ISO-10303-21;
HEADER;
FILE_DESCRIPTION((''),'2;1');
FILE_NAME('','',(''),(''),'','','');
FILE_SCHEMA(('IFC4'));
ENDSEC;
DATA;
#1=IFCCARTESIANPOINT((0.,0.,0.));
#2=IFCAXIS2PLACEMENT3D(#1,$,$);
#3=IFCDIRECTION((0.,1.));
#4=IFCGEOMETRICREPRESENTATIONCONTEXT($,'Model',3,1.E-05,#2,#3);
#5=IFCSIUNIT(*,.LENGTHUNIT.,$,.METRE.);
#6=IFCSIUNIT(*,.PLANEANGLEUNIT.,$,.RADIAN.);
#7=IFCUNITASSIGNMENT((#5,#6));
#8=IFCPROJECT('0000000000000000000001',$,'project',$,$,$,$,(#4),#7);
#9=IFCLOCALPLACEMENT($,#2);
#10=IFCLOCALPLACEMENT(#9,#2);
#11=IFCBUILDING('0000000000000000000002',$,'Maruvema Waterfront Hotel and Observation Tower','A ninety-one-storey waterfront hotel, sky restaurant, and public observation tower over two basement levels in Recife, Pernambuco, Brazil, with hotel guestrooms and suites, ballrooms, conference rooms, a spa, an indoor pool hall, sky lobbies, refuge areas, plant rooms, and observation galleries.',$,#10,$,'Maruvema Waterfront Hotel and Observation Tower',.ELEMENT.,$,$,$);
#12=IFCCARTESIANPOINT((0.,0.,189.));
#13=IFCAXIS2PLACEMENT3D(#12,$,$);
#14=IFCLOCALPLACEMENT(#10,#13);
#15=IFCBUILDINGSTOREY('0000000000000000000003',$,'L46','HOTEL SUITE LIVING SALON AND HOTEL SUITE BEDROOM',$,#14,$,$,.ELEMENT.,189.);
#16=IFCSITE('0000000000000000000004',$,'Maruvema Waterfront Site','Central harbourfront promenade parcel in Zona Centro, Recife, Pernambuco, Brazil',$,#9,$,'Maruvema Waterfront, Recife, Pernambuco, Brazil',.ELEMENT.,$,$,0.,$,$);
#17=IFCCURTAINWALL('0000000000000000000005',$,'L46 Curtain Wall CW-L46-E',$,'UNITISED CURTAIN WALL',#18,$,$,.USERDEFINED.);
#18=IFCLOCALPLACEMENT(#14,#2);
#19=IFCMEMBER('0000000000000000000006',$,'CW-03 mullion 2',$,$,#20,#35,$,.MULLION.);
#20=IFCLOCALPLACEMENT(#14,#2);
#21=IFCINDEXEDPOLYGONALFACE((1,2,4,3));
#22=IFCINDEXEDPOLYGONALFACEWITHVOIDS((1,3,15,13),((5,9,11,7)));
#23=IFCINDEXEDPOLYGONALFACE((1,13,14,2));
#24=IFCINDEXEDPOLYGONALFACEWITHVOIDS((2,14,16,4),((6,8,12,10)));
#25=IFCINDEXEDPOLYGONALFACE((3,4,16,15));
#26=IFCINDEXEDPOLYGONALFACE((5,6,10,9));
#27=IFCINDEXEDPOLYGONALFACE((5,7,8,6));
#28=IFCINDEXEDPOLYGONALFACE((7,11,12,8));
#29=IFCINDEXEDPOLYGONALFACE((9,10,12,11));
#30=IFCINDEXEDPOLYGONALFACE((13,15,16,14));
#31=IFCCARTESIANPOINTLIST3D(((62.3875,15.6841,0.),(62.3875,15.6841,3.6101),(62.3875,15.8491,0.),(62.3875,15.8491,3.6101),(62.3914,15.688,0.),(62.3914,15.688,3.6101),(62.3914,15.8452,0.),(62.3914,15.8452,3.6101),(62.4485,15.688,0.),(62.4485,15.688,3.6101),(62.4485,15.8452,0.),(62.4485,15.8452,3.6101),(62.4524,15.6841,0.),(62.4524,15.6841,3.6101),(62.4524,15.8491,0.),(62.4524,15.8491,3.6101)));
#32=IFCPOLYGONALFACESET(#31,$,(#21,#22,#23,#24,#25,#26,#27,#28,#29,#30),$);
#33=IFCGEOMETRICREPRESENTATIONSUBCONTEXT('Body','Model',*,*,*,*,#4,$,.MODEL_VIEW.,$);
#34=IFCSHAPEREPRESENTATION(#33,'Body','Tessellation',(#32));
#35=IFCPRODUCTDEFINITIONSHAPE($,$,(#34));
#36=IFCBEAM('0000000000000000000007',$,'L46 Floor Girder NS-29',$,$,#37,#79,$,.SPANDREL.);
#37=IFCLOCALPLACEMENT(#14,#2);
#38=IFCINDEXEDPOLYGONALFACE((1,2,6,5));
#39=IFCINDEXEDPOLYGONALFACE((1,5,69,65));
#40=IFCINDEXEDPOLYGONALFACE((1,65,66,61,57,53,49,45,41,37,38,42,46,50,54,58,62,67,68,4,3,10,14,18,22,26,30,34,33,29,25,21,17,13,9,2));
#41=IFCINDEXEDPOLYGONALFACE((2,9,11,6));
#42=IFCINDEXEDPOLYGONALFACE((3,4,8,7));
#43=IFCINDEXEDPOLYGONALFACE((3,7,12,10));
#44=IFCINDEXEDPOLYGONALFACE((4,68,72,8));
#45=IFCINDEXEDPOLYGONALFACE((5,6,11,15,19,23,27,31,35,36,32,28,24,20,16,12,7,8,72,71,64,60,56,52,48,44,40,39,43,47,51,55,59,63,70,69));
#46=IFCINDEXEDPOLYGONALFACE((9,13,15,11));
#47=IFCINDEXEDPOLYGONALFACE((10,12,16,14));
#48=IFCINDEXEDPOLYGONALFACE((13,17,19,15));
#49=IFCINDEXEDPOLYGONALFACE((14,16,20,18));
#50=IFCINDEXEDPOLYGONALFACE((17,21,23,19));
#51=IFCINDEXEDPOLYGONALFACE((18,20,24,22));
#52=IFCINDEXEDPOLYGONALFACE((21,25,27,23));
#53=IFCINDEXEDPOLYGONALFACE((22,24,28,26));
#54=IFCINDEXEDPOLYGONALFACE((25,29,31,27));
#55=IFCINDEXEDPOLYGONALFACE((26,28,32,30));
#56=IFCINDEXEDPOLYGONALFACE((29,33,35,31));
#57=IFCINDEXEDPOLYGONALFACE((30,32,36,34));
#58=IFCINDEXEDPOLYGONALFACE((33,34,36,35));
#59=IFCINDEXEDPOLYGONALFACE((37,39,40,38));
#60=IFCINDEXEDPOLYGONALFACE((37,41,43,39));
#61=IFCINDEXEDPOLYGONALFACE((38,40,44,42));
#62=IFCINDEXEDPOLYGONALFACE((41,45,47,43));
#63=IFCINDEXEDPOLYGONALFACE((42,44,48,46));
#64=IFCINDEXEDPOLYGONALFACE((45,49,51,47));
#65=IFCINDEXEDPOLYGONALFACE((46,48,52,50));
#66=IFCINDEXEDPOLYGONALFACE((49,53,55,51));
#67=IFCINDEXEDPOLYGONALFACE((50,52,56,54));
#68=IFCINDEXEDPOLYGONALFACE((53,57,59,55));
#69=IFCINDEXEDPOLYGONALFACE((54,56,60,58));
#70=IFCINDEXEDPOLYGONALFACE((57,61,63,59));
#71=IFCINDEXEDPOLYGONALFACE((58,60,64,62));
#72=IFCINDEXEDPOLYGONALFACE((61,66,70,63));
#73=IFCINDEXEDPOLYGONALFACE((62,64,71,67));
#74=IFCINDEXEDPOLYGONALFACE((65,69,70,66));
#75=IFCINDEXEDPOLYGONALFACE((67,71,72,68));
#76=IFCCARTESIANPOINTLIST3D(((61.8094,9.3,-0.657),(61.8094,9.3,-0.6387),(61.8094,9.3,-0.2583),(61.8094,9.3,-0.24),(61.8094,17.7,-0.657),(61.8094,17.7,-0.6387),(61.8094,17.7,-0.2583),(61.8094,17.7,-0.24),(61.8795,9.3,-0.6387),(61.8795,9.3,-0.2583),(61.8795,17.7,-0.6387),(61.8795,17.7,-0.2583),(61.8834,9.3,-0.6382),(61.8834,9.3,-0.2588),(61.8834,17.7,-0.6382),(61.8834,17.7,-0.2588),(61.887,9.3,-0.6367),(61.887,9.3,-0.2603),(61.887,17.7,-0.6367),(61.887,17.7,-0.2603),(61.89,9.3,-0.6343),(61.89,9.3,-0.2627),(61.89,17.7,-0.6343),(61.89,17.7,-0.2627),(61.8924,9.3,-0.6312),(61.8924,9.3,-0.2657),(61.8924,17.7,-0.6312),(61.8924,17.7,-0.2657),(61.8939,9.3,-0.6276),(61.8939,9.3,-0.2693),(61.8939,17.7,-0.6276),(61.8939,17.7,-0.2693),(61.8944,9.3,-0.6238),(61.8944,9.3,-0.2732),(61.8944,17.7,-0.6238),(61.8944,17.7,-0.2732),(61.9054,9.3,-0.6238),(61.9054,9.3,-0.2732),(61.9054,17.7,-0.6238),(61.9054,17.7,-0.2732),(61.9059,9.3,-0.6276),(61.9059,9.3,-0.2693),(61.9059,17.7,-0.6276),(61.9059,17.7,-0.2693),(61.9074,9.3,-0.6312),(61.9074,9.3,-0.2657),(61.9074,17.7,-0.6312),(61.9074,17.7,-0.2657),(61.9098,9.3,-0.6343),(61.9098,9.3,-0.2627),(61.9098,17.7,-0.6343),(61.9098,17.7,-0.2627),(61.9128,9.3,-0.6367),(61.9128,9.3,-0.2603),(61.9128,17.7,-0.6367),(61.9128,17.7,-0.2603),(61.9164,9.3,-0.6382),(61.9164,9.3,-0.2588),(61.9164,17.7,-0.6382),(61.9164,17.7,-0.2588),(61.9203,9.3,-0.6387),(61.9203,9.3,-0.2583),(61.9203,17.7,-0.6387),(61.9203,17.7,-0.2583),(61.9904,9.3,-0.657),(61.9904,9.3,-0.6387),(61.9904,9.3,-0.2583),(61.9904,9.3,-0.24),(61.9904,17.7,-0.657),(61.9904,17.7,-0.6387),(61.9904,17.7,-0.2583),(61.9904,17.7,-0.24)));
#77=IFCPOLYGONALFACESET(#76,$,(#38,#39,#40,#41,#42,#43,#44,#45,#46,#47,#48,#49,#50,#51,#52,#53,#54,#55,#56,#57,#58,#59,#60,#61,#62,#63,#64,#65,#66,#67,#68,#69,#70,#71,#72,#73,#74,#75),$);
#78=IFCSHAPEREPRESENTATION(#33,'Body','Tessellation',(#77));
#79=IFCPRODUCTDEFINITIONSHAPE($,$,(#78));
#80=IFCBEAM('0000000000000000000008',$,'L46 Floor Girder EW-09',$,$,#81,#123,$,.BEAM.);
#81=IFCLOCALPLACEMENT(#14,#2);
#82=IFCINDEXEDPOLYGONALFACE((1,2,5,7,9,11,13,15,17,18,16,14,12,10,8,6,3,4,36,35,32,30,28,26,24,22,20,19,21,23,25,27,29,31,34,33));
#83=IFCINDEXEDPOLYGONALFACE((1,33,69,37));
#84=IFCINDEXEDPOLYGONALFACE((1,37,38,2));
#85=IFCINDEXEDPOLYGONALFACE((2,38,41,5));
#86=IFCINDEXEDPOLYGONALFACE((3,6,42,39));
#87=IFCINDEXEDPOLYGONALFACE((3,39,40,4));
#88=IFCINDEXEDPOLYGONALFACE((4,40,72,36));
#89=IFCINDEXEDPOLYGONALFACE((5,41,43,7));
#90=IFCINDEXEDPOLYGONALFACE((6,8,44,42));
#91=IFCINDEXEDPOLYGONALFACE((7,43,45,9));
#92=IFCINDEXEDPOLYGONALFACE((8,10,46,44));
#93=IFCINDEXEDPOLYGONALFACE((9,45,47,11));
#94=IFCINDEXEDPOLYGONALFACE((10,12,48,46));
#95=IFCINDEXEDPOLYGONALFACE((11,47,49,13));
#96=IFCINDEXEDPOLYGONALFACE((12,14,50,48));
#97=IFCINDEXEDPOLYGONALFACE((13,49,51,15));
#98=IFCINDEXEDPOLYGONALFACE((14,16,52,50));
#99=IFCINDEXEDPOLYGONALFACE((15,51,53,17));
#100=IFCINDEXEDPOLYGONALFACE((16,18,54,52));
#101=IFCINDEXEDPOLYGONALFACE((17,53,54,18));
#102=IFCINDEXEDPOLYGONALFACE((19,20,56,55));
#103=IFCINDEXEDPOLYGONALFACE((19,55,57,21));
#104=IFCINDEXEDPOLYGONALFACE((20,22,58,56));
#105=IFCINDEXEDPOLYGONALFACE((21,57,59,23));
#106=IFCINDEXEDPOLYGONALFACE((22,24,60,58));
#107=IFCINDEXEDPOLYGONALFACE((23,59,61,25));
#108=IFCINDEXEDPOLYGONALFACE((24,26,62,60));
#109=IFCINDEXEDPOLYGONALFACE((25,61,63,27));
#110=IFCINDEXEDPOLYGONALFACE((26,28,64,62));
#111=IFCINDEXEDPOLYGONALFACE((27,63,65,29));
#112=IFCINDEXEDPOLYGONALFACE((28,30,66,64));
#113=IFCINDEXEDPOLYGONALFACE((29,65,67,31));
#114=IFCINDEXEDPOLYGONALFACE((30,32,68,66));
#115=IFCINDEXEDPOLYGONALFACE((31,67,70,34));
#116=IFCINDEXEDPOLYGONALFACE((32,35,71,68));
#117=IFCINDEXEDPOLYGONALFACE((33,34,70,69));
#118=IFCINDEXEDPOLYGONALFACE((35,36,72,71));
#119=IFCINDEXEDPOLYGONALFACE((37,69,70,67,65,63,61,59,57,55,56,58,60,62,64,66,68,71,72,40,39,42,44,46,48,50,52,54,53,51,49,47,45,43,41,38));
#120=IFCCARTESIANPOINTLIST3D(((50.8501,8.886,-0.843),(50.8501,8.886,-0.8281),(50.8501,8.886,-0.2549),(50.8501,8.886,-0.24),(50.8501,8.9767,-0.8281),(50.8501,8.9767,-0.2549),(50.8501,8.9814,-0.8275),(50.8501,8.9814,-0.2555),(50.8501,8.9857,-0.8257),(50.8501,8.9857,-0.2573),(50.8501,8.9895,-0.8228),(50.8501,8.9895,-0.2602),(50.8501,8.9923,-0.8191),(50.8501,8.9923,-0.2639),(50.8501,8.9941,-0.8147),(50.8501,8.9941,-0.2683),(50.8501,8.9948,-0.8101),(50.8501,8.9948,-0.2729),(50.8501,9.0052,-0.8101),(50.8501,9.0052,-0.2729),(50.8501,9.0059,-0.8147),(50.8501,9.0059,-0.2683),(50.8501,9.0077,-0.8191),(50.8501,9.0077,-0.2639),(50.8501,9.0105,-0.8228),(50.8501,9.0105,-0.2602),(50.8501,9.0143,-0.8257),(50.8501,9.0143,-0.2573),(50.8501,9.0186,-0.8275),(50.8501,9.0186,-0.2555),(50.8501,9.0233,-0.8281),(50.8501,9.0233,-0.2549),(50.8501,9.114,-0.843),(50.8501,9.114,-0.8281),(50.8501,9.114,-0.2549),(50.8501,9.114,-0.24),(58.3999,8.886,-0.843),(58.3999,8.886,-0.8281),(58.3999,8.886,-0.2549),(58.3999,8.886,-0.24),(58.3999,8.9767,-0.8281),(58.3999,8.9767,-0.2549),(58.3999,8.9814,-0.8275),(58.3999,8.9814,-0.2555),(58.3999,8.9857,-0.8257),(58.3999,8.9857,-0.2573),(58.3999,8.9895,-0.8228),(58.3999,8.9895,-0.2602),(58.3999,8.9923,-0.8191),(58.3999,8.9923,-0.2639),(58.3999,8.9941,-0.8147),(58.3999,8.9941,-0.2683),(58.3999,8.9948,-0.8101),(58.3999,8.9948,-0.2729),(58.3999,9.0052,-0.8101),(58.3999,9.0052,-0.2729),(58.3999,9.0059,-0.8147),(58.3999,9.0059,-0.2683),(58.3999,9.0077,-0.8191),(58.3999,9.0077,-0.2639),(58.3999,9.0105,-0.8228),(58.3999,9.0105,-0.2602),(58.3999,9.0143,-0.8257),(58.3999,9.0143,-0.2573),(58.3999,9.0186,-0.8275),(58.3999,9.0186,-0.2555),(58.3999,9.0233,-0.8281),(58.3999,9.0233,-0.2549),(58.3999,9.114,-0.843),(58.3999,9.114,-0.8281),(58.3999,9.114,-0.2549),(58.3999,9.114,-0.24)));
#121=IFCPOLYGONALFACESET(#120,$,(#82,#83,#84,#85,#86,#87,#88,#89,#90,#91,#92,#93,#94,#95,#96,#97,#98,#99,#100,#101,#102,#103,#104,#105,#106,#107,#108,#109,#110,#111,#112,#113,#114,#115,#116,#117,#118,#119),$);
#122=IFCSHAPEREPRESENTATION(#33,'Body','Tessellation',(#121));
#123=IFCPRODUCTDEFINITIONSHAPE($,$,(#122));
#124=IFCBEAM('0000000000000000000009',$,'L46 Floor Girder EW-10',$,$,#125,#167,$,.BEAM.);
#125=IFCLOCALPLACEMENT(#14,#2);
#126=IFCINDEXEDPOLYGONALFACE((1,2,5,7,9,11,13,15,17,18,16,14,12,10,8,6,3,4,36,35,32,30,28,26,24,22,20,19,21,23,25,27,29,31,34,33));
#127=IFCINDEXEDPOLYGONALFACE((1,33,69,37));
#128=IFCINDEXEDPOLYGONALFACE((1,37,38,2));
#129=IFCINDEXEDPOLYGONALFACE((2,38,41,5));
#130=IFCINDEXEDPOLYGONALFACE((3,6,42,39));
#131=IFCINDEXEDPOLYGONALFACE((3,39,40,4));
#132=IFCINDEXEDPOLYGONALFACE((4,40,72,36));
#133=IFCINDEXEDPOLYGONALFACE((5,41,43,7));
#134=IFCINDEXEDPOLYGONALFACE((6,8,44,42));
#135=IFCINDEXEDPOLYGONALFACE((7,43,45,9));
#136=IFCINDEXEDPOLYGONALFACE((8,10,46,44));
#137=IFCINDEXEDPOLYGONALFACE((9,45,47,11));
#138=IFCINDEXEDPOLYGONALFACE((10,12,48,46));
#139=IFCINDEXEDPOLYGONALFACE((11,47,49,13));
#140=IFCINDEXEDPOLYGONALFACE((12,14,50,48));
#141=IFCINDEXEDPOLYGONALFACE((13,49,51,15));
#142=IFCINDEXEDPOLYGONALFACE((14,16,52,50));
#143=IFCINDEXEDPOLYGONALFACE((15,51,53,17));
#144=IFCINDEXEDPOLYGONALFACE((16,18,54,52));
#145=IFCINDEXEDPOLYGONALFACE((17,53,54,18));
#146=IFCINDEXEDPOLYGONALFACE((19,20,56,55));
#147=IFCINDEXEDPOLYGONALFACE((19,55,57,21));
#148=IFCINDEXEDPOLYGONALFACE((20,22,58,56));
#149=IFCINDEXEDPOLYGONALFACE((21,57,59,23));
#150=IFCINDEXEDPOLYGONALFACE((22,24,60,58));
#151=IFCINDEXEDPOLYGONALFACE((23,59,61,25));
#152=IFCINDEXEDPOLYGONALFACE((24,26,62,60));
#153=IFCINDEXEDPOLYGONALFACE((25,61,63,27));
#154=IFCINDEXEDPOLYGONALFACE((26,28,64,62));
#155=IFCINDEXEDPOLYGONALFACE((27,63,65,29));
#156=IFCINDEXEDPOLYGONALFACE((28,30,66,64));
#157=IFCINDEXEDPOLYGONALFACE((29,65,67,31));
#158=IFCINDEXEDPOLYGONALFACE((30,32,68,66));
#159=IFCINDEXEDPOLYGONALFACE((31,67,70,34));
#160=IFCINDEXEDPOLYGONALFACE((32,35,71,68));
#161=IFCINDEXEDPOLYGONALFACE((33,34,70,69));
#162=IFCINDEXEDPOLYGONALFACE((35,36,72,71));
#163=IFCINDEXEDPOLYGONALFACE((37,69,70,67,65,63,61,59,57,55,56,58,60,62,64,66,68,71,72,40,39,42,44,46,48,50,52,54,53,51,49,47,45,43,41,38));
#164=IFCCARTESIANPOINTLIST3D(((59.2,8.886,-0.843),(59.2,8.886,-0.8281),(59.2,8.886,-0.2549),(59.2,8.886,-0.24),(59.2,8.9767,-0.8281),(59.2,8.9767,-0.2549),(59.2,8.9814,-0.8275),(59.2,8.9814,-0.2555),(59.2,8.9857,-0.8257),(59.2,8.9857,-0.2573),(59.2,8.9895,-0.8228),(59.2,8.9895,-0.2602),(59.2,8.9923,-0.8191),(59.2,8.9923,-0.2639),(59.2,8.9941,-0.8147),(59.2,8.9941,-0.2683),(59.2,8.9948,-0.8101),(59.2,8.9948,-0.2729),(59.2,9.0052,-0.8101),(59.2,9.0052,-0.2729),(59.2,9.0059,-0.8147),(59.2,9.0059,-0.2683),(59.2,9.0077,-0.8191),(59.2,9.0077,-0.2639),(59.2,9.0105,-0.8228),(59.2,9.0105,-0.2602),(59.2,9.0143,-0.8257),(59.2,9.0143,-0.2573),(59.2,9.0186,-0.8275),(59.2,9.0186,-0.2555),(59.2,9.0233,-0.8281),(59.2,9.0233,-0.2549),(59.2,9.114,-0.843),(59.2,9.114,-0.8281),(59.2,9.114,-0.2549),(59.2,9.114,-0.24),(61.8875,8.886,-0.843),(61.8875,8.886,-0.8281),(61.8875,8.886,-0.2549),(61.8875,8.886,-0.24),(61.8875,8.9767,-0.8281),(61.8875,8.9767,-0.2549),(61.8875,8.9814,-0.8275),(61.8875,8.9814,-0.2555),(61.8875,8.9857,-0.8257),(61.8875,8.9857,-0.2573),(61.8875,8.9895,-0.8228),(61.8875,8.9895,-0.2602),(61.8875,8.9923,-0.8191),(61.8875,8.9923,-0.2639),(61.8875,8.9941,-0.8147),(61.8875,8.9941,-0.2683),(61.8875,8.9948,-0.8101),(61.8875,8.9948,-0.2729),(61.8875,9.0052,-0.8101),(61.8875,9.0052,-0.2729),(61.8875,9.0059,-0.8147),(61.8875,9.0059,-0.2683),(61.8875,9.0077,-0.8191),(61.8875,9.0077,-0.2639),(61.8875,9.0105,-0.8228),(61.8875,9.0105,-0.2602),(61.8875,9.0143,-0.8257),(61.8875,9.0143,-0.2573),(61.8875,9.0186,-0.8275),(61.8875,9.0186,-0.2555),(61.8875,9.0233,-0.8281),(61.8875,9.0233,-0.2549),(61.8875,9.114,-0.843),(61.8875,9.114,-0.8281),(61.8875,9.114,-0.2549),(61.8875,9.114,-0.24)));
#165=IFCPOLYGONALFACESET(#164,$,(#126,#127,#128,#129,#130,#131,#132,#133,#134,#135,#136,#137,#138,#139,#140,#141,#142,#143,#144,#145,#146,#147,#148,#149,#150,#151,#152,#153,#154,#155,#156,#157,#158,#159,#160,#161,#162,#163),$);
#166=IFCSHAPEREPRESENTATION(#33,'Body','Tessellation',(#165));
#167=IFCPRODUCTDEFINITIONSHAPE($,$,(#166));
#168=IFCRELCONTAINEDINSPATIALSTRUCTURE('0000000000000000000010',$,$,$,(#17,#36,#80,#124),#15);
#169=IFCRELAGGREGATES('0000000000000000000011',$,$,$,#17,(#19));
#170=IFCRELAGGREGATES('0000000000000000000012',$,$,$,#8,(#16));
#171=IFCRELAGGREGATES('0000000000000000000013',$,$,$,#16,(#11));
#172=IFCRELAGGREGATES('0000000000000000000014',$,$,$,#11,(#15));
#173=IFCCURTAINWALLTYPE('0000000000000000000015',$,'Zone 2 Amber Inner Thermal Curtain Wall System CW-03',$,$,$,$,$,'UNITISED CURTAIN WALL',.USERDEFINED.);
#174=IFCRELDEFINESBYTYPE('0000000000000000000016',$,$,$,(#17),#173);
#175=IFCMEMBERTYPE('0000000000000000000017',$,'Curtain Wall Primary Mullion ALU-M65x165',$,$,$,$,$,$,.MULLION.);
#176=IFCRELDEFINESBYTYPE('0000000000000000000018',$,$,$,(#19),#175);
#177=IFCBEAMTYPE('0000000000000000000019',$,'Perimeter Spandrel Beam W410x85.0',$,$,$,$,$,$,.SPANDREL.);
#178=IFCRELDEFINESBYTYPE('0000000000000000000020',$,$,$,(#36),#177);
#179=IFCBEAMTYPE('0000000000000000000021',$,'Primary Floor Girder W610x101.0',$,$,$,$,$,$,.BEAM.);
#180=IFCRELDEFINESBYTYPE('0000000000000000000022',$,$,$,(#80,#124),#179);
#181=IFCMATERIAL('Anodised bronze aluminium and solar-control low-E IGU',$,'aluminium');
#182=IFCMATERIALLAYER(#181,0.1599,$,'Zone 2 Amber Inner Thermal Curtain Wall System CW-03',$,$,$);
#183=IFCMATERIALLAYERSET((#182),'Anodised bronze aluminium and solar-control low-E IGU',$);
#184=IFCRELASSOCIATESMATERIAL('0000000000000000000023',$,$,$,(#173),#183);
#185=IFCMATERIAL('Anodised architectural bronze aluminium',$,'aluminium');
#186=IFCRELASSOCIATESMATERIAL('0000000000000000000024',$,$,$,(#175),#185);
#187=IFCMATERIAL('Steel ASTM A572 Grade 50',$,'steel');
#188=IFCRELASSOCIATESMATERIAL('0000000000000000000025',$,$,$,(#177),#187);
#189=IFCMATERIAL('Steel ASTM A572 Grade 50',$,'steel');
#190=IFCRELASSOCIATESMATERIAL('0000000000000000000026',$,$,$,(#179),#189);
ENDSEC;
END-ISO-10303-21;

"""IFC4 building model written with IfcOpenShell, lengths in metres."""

from ifc_helpers import new_model, si_unit, direction, frame, origin, origin_2d, place, context, subcontext, project, spatial, hollow_rectangle, i_section, extrude, material, layer, layer_set, material_profile, profile_set, type_object, element, aggregate, save


model = new_model("IFC4")

# Units and contexts
model_context = context("Model", 3, precision=1e-05, world=origin(), true_north=direction((0.0, 1.0)))
body_context = subcontext(model_context, "Body", "Model", "MODEL_VIEW")
ifc_project = project(units=[si_unit("LENGTHUNIT", "METRE"), si_unit("PLANEANGLEUNIT", "RADIAN")], contexts=[model_context])

# Site, building, storey
site_placement = place(None, origin())
site = spatial("IfcSite", under=ifc_project, at=site_placement, Name="Maruvema Waterfront Site", Description="Central harbourfront promenade parcel in Zona Centro, Recife, Pernambuco, Brazil", LongName="Maruvema Waterfront, Recife, Pernambuco, Brazil", CompositionType="ELEMENT", RefElevation=0.0)
building_placement = place(site_placement, origin())
building = spatial("IfcBuilding", under=site, at=building_placement, Name="Maruvema Waterfront Hotel and Observation Tower", Description="A ninety-one-storey waterfront hotel, sky restaurant, and public observation tower over two basement levels in Recife, Pernambuco, Brazil, with hotel guestrooms and suites, ballrooms, conference rooms, a spa, an indoor pool hall, sky lobbies, refuge areas, plant rooms, and observation galleries.", LongName="Maruvema Waterfront Hotel and Observation Tower", CompositionType="ELEMENT")
storey_placement = place(building_placement, frame((0.0, 0.0, 189.0)))
storey = spatial("IfcBuildingStorey", under=building, at=storey_placement, Name="L46", Description="HOTEL SUITE LIVING SALON AND HOTEL SUITE BEDROOM", CompositionType="ELEMENT", Elevation=189.0)

# Curtain wall
ifc_material_1 = material(Name="Anodised bronze aluminium and solar-control low-E IGU", Category="aluminium")
ifc_layer_1 = layer(ifc_material_1, 0.1599, Name="Zone 2 Amber Inner Thermal Curtain Wall System CW-03")
ifc_layer_set_1 = layer_set([ifc_layer_1], Name="Anodised bronze aluminium and solar-control low-E IGU")
curtain_wall_type = type_object("IfcCurtainWallType", Name="Zone 2 Amber Inner Thermal Curtain Wall System CW-03", ElementType="UNITISED CURTAIN WALL", PredefinedType="USERDEFINED", material=ifc_layer_set_1)
curtain_wall_1_placement = place(storey_placement, origin())
curtain_wall_1 = element("IfcCurtainWall", 1, at=curtain_wall_1_placement, inside=storey, type_object=curtain_wall_type, Name="L46 Curtain Wall CW-L46-E", ObjectType="UNITISED CURTAIN WALL", PredefinedType="USERDEFINED")

# Member
ifc_material_2 = material(Name="Anodised architectural bronze aluminium", Category="aluminium")
ifc_material_profile_1 = material_profile(ifc_material_2, hollow_rectangle(XDim=0.0649, YDim=0.165, WallThickness=0.0039, at=origin_2d()), Name="ALU-M65x165")
ifc_profile_set_1 = profile_set([ifc_material_profile_1], Name="Anodised architectural bronze aluminium")
member_type_1 = type_object("IfcMemberType", Name="Curtain Wall Primary Mullion ALU-M65x165", PredefinedType="MULLION", material=ifc_profile_set_1)
member_1_placement = place(storey_placement, frame((62.4199, 15.7666, 0.0), z_axis=(0.0, 0.0, 1.0), x_axis=(-1.0, 0.0, 0.0)))
member_1 = element("IfcMember", 2, at=member_1_placement, type_object=member_type_1, Name="CW-03 mullion 2", PredefinedType="MULLION", context=body_context, shape_type="SweptSolid", body=[
    extrude(hollow_rectangle(XDim=0.0649, YDim=0.165, WallThickness=0.0039, at=origin_2d()), origin(), (0.0, 0.0, 1.0), 3.6101),
])

# Beams
ifc_material_3 = material(Name="Steel ASTM A572 Grade 50", Category="steel")
ifc_material_profile_2 = material_profile(ifc_material_3, i_section(OverallWidth=0.1809, OverallDepth=0.417, WebThickness=0.011, FlangeThickness=0.0183, FilletRadius=0.0149, at=origin_2d()), Name="W410x85.0")
ifc_profile_set_2 = profile_set([ifc_material_profile_2], Name="Steel ASTM A572 Grade 50")
beam_type_1 = type_object("IfcBeamType", Name="Perimeter Spandrel Beam W410x85.0", PredefinedType="SPANDREL", material=ifc_profile_set_2)
beam_1_placement = place(storey_placement, frame((61.8999, 9.3, -0.4485), z_axis=(0.0, 1.0, 0.0), x_axis=(-1.0, 0.0, 0.0)))
element("IfcBeam", 3, at=beam_1_placement, inside=storey, type_object=beam_type_1, Name="L46 Floor Girder NS-29", PredefinedType="SPANDREL", context=body_context, shape_type="SweptSolid", body=[
    extrude(i_section(OverallWidth=0.1809, OverallDepth=0.417, WebThickness=0.011, FlangeThickness=0.0183, FilletRadius=0.0149, at=origin_2d()), origin(), (0.0, 0.0, 1.0), 8.3999),
])
ifc_material_4 = material(Name="Steel ASTM A572 Grade 50", Category="steel")
ifc_material_profile_3 = material_profile(ifc_material_4, i_section(OverallWidth=0.228, OverallDepth=0.603, WebThickness=0.0105, FlangeThickness=0.0149, FilletRadius=0.0181, at=origin_2d()), Name="W610x101.0")
ifc_profile_set_3 = profile_set([ifc_material_profile_3], Name="Steel ASTM A572 Grade 50")
beam_type_2 = type_object("IfcBeamType", Name="Primary Floor Girder W610x101.0", PredefinedType="BEAM", material=ifc_profile_set_3)
beam_2_placement = place(storey_placement, frame((50.8501, 9.0, -0.5415), z_axis=(1.0, 0.0, 0.0), x_axis=(0.0, 1.0, 0.0)))
element("IfcBeam", 4, at=beam_2_placement, inside=storey, type_object=beam_type_2, Name="L46 Floor Girder EW-09", PredefinedType="BEAM", context=body_context, shape_type="SweptSolid", body=[
    extrude(i_section(OverallWidth=0.228, OverallDepth=0.603, WebThickness=0.0105, FlangeThickness=0.0149, FilletRadius=0.0181, at=origin_2d()), origin(), (0.0, 0.0, 1.0), 7.5498),
])
beam_3_placement = place(storey_placement, frame((59.2, 9.0, -0.5415), z_axis=(1.0, 0.0, 0.0), x_axis=(0.0, 1.0, 0.0)))
element("IfcBeam", 5, at=beam_3_placement, inside=storey, type_object=beam_type_2, Name="L46 Floor Girder EW-10", PredefinedType="BEAM", context=body_context, shape_type="SweptSolid", body=[
    extrude(i_section(OverallWidth=0.228, OverallDepth=0.603, WebThickness=0.0105, FlangeThickness=0.0149, FilletRadius=0.0181, at=origin_2d()), origin(), (0.0, 0.0, 1.0), 2.6875),
])

aggregate(curtain_wall_1, [member_1])

save(model, "model.ifc")
